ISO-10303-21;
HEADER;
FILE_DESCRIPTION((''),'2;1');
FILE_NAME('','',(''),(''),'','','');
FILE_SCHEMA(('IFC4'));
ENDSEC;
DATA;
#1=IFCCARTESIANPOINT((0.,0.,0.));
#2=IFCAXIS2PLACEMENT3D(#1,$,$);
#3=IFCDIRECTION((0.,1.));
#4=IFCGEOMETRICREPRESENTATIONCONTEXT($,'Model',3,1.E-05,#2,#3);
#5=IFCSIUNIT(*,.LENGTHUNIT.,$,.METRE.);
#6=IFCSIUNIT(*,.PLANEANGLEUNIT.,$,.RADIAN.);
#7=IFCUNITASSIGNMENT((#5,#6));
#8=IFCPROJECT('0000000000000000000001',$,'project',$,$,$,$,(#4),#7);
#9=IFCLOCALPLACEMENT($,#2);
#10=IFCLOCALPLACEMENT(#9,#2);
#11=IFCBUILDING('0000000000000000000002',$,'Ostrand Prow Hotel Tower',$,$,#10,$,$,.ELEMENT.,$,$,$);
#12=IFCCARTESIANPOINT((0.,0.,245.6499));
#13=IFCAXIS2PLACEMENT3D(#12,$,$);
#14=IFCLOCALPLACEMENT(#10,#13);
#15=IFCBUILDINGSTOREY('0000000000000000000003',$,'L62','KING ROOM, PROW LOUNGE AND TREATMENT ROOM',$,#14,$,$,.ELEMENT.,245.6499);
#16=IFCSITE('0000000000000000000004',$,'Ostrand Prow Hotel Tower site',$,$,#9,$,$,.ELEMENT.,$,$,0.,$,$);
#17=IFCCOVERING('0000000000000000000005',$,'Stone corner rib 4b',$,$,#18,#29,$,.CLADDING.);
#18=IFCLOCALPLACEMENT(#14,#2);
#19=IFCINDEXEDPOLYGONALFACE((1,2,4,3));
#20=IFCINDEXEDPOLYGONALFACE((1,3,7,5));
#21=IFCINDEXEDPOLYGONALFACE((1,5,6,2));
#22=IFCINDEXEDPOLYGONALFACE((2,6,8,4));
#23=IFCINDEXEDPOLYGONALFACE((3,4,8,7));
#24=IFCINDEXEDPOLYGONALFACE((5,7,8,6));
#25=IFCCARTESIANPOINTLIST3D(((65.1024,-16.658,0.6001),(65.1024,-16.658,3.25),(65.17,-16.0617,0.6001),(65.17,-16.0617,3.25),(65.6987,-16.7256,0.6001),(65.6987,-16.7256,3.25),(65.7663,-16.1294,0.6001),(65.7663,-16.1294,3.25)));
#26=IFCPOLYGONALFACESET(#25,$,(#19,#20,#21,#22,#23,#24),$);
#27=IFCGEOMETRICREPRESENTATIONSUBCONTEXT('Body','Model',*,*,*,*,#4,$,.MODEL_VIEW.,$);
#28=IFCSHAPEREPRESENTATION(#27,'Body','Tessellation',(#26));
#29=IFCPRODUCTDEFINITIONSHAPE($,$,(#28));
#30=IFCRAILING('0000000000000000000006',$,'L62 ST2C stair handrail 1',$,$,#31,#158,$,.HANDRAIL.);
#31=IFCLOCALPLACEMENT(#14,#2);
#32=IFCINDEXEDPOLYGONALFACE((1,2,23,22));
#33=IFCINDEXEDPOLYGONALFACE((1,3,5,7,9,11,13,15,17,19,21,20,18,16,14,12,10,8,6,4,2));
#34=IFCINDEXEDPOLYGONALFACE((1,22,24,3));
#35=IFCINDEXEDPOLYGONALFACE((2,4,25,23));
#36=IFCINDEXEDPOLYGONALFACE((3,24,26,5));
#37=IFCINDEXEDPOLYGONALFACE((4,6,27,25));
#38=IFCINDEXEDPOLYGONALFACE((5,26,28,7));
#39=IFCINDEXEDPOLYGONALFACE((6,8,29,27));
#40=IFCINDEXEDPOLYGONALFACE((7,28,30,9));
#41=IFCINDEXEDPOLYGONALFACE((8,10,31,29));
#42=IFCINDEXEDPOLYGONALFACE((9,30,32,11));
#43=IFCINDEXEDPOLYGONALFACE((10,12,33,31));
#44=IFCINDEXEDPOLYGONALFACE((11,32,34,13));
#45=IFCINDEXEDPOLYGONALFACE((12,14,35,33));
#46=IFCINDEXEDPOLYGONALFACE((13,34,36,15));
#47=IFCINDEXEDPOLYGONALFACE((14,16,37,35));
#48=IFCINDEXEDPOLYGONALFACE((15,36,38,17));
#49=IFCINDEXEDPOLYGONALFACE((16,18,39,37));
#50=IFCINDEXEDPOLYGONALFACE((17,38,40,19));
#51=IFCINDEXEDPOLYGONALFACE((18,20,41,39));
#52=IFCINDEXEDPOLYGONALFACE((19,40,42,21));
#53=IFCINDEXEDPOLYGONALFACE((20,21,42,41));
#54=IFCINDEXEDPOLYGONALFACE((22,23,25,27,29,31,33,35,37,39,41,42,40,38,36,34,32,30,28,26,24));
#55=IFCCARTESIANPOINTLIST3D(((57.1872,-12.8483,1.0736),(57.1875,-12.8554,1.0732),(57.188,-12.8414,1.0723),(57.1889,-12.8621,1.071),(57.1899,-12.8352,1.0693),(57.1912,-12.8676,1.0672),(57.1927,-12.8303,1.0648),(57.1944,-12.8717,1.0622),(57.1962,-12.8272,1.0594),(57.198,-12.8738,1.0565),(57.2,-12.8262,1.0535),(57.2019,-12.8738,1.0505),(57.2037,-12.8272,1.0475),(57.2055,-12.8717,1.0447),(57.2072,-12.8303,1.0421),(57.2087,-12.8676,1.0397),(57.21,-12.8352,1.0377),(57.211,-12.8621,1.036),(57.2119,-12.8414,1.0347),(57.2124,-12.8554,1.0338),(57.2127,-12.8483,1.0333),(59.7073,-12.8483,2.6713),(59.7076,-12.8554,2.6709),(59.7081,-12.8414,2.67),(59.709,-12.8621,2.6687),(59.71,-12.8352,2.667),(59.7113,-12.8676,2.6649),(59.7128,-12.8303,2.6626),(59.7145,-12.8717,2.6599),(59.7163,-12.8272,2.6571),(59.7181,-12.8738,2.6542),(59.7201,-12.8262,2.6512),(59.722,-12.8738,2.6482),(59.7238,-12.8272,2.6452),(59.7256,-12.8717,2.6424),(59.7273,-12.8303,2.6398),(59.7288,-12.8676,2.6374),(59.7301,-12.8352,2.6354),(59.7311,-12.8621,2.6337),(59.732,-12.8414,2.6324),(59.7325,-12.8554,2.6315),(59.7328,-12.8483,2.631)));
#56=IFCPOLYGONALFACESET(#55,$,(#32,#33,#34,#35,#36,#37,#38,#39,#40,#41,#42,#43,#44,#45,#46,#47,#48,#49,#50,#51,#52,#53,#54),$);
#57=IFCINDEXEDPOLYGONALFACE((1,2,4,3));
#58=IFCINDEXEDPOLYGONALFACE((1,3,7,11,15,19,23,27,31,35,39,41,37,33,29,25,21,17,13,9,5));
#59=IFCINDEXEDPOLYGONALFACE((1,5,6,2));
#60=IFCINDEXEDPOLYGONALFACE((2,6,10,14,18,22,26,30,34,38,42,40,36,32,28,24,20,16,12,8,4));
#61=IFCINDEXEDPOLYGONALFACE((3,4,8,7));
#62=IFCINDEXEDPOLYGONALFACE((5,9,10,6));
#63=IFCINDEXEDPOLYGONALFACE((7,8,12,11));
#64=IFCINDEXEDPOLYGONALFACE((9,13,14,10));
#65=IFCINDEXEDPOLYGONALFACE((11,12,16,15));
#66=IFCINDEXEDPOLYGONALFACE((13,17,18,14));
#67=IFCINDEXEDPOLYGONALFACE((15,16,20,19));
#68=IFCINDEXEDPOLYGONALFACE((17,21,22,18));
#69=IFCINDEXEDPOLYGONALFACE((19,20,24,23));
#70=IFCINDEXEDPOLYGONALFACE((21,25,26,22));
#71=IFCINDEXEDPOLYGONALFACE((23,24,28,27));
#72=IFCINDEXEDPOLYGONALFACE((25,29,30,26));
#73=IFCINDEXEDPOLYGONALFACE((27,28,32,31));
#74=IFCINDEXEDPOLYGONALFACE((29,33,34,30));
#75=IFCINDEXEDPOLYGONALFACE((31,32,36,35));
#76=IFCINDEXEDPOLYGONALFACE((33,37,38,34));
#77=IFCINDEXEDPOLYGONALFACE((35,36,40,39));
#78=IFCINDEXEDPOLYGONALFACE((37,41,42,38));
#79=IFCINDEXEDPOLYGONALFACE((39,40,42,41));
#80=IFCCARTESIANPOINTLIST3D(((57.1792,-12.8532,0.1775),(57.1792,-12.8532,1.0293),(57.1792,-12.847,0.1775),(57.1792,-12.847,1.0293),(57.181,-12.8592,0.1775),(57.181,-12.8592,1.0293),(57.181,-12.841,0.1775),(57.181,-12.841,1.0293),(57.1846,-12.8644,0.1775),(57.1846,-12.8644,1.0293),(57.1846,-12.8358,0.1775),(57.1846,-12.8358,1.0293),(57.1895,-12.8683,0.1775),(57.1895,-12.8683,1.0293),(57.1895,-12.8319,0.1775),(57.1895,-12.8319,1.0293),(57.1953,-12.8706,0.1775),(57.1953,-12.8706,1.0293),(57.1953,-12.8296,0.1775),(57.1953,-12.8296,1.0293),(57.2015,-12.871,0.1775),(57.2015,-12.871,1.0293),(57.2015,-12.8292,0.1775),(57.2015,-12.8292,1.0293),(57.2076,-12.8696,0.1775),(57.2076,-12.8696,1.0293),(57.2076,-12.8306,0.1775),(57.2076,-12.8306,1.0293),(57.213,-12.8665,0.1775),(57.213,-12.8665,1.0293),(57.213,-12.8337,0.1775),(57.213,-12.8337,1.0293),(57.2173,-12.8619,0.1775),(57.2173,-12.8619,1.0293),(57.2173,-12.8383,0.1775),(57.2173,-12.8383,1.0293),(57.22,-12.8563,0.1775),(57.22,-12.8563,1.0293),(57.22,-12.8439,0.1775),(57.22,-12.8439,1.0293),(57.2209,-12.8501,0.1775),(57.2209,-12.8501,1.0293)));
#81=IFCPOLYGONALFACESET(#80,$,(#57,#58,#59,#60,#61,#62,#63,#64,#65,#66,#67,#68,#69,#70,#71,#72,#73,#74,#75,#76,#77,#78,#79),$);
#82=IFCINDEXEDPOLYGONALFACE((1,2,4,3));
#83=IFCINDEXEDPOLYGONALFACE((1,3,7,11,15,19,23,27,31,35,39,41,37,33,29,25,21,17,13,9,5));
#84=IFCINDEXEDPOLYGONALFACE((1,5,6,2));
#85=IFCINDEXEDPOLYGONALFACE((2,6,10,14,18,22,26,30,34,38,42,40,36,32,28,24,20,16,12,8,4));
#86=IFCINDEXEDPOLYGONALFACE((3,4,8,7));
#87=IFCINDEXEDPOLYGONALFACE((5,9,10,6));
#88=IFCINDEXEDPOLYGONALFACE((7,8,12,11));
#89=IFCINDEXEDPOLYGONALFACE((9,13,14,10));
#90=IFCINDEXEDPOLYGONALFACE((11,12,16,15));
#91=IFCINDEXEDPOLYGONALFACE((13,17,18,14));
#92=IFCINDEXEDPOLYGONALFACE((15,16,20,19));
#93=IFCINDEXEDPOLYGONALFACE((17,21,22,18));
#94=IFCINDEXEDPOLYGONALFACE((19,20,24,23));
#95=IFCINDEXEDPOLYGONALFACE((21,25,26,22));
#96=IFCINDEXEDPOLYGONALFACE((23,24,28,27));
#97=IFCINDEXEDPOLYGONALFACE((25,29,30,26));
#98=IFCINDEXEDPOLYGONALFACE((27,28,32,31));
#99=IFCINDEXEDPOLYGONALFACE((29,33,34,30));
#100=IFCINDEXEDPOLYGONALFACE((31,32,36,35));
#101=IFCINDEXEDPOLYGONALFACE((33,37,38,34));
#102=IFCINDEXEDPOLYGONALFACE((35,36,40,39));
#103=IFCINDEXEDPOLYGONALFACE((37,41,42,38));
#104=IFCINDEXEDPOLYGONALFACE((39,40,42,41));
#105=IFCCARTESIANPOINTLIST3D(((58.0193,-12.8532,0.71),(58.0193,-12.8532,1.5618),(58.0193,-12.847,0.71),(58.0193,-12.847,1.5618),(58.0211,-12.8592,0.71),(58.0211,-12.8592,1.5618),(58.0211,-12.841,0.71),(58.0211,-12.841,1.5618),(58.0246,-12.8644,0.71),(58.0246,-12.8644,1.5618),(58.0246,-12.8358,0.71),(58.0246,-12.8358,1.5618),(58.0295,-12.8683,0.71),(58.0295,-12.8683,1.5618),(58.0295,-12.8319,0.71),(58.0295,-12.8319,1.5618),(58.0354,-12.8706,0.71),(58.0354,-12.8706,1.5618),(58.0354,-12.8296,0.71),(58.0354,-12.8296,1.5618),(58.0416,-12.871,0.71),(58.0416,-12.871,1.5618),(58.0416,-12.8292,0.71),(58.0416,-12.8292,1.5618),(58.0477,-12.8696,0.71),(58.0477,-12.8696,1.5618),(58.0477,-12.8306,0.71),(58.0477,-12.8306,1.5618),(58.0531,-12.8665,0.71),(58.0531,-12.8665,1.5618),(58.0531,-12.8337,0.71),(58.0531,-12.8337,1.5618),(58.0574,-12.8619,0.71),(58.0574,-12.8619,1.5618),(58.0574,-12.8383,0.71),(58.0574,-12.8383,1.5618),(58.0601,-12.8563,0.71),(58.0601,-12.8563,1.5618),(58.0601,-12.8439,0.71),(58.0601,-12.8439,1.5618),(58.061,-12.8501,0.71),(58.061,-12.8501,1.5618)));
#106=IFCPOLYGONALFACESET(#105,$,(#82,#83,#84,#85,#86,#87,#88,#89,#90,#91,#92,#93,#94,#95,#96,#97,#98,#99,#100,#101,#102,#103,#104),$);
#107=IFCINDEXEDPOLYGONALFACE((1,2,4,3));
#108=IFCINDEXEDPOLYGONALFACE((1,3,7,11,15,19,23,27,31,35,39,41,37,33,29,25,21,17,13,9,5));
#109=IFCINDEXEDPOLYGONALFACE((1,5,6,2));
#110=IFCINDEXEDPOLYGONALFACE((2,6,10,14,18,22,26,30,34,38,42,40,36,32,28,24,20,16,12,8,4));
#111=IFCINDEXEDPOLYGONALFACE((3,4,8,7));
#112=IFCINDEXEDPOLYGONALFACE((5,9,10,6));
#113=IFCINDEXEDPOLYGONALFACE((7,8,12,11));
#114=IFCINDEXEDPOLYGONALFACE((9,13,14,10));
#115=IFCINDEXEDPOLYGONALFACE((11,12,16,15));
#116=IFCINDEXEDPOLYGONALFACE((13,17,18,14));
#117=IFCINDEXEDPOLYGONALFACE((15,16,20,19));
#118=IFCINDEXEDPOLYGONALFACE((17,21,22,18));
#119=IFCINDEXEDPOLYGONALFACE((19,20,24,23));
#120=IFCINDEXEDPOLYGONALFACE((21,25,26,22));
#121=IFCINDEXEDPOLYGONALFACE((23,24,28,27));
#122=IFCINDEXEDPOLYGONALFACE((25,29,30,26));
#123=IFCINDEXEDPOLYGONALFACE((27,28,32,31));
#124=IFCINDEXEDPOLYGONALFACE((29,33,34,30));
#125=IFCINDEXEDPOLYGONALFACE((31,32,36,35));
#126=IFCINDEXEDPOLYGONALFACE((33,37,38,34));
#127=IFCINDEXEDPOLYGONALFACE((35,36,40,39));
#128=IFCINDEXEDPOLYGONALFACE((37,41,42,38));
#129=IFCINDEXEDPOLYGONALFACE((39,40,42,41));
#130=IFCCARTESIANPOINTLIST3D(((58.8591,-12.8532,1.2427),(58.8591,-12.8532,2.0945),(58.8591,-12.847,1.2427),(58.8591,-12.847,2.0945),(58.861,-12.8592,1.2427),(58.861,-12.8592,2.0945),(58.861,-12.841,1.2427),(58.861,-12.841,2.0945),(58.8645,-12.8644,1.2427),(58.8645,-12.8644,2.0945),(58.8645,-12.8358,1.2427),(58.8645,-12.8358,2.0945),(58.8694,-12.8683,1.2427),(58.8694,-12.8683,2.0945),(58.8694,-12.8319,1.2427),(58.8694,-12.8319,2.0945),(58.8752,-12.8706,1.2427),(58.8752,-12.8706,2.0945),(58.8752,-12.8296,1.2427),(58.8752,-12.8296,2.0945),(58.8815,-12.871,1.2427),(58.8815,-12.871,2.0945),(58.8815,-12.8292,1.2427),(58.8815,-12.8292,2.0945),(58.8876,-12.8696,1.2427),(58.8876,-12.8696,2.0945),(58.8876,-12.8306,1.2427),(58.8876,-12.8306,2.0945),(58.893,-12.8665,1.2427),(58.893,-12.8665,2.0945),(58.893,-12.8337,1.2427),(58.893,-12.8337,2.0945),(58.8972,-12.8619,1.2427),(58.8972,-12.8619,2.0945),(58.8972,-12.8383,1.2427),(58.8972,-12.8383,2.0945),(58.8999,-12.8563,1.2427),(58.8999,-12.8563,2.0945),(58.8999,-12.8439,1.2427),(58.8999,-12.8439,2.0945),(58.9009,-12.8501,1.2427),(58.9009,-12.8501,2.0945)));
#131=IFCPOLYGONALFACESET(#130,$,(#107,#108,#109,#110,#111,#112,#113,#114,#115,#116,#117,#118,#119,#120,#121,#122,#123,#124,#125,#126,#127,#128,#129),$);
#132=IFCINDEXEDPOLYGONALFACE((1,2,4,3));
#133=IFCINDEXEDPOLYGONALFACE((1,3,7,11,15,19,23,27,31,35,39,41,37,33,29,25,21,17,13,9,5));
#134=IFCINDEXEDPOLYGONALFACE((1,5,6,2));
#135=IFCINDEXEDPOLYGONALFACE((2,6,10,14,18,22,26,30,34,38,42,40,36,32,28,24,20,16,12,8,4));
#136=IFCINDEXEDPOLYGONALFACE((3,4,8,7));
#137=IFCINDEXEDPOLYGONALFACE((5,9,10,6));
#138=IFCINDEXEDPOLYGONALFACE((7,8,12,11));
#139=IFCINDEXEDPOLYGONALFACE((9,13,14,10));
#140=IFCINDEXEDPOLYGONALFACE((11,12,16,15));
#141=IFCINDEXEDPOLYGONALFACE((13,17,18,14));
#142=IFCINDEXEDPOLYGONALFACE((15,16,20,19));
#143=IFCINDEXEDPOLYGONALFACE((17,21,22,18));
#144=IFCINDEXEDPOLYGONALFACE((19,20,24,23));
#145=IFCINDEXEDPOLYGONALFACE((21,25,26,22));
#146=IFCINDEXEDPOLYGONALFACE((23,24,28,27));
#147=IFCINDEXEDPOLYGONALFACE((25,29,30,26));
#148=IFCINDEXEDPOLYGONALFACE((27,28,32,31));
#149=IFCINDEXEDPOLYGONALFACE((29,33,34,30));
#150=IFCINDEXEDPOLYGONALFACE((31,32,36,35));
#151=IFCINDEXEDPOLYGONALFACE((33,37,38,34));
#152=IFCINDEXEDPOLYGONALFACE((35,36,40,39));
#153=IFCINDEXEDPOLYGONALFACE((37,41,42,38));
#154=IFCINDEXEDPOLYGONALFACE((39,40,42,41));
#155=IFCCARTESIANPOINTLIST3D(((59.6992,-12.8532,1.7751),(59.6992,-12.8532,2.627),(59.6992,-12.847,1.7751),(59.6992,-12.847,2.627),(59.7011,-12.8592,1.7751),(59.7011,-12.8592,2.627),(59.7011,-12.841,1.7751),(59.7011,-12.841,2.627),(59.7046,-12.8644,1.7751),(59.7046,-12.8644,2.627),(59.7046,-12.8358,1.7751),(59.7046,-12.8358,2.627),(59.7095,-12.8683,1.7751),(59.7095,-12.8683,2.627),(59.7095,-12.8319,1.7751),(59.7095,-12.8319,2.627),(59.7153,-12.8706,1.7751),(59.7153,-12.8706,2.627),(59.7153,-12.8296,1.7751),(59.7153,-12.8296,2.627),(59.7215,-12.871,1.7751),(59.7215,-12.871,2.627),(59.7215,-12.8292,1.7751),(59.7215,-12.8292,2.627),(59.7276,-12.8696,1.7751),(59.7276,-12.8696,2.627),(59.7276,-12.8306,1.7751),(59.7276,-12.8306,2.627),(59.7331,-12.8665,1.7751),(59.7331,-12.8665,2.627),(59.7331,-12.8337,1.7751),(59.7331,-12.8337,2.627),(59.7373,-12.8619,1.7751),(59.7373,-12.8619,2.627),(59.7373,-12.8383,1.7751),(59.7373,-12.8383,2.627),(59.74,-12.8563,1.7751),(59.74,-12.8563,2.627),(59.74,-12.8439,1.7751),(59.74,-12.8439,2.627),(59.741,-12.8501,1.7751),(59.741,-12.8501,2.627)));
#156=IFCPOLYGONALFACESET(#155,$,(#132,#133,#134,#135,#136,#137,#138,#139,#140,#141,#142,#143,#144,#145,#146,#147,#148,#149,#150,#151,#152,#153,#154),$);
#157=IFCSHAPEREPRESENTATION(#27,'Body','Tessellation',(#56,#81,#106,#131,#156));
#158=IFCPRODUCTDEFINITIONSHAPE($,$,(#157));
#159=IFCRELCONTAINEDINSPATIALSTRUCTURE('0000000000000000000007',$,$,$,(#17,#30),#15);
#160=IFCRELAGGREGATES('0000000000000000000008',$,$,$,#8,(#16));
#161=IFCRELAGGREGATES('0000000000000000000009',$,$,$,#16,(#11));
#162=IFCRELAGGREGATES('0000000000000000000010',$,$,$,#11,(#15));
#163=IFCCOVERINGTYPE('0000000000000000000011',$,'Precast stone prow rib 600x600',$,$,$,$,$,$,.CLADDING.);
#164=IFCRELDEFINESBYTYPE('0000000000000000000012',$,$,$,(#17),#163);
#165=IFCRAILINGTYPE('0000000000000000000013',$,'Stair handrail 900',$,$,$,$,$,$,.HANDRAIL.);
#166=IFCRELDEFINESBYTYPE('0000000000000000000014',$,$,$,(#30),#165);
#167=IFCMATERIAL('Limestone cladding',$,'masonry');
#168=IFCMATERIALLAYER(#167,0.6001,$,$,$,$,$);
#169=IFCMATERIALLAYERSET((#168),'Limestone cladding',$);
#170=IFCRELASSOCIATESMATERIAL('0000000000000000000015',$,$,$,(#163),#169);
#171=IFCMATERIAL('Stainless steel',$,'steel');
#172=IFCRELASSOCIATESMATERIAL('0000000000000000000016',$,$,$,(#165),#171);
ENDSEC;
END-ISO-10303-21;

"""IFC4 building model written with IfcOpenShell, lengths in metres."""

from ifc_helpers import new_model, si_unit, direction, frame, frame_2d, origin, origin_2d, place, context, subcontext, project, spatial, rectangle, circle, extrude, material, layer, layer_set, type_object, element, save


model = new_model("IFC4")

# Units and contexts
model_context = context("Model", 3, precision=1e-05, world=origin(), true_north=direction((0.0, 1.0)))
body_context = subcontext(model_context, "Body", "Model", "MODEL_VIEW")
ifc_project = project(units=[si_unit("LENGTHUNIT", "METRE"), si_unit("PLANEANGLEUNIT", "RADIAN")], contexts=[model_context])

# Site, building, storey
site_placement = place(None, origin())
site = spatial("IfcSite", under=ifc_project, at=site_placement, Name="Ostrand Prow Hotel Tower site", CompositionType="ELEMENT", RefElevation=0.0)
building_placement = place(site_placement, origin())
building = spatial("IfcBuilding", under=site, at=building_placement, Name="Ostrand Prow Hotel Tower", CompositionType="ELEMENT")
storey_placement = place(building_placement, frame((0.0, 0.0, 245.6499)))
storey = spatial("IfcBuildingStorey", under=building, at=storey_placement, Name="L62", Description="KING ROOM, PROW LOUNGE AND TREATMENT ROOM", CompositionType="ELEMENT", Elevation=245.6499)

# Covering
ifc_material_1 = material(Name="Limestone cladding", Category="masonry")
ifc_layer_1 = layer(ifc_material_1, 0.6001)
ifc_layer_set_1 = layer_set([ifc_layer_1], Name="Limestone cladding")
covering_type = type_object("IfcCoveringType", Name="Precast stone prow rib 600x600", PredefinedType="CLADDING", material=ifc_layer_set_1)
for number, where, z_axis, x_axis, name in (
    (1, (65.1362, -16.3599, 0.6001), (0.0, 0.0, 1.0), (0.993628, -0.112709, 0.0), "Stone corner rib 4b"),
):
    element("IfcCovering", number, at=place(storey_placement, frame(where, z_axis=z_axis, x_axis=x_axis)), inside=storey, type_object=covering_type, Name=name, PredefinedType="CLADDING", context=body_context, shape_type="SweptSolid", body=[
        extrude(rectangle(XDim=0.6001, YDim=0.6001, at=frame_2d((0.3, 0.0))), origin(), (0.0, 0.0, 1.0), 2.6499),
    ])

# Railing
ifc_material_2 = material(Name="Stainless steel", Category="steel")
railing_type = type_object("IfcRailingType", Name="Stair handrail 900", PredefinedType="HANDRAIL", material=ifc_material_2)
railing_placement = place(storey_placement, frame((57.2, -12.8501, 0.1775)))
element("IfcRailing", 2, at=railing_placement, inside=storey, type_object=railing_type, Name="L62 ST2C stair handrail 1", PredefinedType="HANDRAIL", context=body_context, shape_type="SweptSolid", body=[
    extrude(circle(Radius=0.0239, at=origin_2d()), frame((0.0, 0.0, 0.876), z_axis=(0.84457, 0.0, 0.535445), x_axis=(0.0, 1.0, 0.0)), (0.0, 0.0, 1.0), 2.9839),
    extrude(circle(Radius=0.021, at=origin_2d()), origin(), (0.0, 0.0, 1.0), 0.8518),
    extrude(circle(Radius=0.021, at=origin_2d()), frame((0.8401, 0.0, 0.5325)), (0.0, 0.0, 1.0), 0.8518),
    extrude(circle(Radius=0.021, at=origin_2d()), frame((1.6799, 0.0, 1.0652)), (0.0, 0.0, 1.0), 0.8518),
    extrude(circle(Radius=0.021, at=origin_2d()), frame((2.52, 0.0, 1.5977)), (0.0, 0.0, 1.0), 0.8518),
])

save(model, "model.ifc")
